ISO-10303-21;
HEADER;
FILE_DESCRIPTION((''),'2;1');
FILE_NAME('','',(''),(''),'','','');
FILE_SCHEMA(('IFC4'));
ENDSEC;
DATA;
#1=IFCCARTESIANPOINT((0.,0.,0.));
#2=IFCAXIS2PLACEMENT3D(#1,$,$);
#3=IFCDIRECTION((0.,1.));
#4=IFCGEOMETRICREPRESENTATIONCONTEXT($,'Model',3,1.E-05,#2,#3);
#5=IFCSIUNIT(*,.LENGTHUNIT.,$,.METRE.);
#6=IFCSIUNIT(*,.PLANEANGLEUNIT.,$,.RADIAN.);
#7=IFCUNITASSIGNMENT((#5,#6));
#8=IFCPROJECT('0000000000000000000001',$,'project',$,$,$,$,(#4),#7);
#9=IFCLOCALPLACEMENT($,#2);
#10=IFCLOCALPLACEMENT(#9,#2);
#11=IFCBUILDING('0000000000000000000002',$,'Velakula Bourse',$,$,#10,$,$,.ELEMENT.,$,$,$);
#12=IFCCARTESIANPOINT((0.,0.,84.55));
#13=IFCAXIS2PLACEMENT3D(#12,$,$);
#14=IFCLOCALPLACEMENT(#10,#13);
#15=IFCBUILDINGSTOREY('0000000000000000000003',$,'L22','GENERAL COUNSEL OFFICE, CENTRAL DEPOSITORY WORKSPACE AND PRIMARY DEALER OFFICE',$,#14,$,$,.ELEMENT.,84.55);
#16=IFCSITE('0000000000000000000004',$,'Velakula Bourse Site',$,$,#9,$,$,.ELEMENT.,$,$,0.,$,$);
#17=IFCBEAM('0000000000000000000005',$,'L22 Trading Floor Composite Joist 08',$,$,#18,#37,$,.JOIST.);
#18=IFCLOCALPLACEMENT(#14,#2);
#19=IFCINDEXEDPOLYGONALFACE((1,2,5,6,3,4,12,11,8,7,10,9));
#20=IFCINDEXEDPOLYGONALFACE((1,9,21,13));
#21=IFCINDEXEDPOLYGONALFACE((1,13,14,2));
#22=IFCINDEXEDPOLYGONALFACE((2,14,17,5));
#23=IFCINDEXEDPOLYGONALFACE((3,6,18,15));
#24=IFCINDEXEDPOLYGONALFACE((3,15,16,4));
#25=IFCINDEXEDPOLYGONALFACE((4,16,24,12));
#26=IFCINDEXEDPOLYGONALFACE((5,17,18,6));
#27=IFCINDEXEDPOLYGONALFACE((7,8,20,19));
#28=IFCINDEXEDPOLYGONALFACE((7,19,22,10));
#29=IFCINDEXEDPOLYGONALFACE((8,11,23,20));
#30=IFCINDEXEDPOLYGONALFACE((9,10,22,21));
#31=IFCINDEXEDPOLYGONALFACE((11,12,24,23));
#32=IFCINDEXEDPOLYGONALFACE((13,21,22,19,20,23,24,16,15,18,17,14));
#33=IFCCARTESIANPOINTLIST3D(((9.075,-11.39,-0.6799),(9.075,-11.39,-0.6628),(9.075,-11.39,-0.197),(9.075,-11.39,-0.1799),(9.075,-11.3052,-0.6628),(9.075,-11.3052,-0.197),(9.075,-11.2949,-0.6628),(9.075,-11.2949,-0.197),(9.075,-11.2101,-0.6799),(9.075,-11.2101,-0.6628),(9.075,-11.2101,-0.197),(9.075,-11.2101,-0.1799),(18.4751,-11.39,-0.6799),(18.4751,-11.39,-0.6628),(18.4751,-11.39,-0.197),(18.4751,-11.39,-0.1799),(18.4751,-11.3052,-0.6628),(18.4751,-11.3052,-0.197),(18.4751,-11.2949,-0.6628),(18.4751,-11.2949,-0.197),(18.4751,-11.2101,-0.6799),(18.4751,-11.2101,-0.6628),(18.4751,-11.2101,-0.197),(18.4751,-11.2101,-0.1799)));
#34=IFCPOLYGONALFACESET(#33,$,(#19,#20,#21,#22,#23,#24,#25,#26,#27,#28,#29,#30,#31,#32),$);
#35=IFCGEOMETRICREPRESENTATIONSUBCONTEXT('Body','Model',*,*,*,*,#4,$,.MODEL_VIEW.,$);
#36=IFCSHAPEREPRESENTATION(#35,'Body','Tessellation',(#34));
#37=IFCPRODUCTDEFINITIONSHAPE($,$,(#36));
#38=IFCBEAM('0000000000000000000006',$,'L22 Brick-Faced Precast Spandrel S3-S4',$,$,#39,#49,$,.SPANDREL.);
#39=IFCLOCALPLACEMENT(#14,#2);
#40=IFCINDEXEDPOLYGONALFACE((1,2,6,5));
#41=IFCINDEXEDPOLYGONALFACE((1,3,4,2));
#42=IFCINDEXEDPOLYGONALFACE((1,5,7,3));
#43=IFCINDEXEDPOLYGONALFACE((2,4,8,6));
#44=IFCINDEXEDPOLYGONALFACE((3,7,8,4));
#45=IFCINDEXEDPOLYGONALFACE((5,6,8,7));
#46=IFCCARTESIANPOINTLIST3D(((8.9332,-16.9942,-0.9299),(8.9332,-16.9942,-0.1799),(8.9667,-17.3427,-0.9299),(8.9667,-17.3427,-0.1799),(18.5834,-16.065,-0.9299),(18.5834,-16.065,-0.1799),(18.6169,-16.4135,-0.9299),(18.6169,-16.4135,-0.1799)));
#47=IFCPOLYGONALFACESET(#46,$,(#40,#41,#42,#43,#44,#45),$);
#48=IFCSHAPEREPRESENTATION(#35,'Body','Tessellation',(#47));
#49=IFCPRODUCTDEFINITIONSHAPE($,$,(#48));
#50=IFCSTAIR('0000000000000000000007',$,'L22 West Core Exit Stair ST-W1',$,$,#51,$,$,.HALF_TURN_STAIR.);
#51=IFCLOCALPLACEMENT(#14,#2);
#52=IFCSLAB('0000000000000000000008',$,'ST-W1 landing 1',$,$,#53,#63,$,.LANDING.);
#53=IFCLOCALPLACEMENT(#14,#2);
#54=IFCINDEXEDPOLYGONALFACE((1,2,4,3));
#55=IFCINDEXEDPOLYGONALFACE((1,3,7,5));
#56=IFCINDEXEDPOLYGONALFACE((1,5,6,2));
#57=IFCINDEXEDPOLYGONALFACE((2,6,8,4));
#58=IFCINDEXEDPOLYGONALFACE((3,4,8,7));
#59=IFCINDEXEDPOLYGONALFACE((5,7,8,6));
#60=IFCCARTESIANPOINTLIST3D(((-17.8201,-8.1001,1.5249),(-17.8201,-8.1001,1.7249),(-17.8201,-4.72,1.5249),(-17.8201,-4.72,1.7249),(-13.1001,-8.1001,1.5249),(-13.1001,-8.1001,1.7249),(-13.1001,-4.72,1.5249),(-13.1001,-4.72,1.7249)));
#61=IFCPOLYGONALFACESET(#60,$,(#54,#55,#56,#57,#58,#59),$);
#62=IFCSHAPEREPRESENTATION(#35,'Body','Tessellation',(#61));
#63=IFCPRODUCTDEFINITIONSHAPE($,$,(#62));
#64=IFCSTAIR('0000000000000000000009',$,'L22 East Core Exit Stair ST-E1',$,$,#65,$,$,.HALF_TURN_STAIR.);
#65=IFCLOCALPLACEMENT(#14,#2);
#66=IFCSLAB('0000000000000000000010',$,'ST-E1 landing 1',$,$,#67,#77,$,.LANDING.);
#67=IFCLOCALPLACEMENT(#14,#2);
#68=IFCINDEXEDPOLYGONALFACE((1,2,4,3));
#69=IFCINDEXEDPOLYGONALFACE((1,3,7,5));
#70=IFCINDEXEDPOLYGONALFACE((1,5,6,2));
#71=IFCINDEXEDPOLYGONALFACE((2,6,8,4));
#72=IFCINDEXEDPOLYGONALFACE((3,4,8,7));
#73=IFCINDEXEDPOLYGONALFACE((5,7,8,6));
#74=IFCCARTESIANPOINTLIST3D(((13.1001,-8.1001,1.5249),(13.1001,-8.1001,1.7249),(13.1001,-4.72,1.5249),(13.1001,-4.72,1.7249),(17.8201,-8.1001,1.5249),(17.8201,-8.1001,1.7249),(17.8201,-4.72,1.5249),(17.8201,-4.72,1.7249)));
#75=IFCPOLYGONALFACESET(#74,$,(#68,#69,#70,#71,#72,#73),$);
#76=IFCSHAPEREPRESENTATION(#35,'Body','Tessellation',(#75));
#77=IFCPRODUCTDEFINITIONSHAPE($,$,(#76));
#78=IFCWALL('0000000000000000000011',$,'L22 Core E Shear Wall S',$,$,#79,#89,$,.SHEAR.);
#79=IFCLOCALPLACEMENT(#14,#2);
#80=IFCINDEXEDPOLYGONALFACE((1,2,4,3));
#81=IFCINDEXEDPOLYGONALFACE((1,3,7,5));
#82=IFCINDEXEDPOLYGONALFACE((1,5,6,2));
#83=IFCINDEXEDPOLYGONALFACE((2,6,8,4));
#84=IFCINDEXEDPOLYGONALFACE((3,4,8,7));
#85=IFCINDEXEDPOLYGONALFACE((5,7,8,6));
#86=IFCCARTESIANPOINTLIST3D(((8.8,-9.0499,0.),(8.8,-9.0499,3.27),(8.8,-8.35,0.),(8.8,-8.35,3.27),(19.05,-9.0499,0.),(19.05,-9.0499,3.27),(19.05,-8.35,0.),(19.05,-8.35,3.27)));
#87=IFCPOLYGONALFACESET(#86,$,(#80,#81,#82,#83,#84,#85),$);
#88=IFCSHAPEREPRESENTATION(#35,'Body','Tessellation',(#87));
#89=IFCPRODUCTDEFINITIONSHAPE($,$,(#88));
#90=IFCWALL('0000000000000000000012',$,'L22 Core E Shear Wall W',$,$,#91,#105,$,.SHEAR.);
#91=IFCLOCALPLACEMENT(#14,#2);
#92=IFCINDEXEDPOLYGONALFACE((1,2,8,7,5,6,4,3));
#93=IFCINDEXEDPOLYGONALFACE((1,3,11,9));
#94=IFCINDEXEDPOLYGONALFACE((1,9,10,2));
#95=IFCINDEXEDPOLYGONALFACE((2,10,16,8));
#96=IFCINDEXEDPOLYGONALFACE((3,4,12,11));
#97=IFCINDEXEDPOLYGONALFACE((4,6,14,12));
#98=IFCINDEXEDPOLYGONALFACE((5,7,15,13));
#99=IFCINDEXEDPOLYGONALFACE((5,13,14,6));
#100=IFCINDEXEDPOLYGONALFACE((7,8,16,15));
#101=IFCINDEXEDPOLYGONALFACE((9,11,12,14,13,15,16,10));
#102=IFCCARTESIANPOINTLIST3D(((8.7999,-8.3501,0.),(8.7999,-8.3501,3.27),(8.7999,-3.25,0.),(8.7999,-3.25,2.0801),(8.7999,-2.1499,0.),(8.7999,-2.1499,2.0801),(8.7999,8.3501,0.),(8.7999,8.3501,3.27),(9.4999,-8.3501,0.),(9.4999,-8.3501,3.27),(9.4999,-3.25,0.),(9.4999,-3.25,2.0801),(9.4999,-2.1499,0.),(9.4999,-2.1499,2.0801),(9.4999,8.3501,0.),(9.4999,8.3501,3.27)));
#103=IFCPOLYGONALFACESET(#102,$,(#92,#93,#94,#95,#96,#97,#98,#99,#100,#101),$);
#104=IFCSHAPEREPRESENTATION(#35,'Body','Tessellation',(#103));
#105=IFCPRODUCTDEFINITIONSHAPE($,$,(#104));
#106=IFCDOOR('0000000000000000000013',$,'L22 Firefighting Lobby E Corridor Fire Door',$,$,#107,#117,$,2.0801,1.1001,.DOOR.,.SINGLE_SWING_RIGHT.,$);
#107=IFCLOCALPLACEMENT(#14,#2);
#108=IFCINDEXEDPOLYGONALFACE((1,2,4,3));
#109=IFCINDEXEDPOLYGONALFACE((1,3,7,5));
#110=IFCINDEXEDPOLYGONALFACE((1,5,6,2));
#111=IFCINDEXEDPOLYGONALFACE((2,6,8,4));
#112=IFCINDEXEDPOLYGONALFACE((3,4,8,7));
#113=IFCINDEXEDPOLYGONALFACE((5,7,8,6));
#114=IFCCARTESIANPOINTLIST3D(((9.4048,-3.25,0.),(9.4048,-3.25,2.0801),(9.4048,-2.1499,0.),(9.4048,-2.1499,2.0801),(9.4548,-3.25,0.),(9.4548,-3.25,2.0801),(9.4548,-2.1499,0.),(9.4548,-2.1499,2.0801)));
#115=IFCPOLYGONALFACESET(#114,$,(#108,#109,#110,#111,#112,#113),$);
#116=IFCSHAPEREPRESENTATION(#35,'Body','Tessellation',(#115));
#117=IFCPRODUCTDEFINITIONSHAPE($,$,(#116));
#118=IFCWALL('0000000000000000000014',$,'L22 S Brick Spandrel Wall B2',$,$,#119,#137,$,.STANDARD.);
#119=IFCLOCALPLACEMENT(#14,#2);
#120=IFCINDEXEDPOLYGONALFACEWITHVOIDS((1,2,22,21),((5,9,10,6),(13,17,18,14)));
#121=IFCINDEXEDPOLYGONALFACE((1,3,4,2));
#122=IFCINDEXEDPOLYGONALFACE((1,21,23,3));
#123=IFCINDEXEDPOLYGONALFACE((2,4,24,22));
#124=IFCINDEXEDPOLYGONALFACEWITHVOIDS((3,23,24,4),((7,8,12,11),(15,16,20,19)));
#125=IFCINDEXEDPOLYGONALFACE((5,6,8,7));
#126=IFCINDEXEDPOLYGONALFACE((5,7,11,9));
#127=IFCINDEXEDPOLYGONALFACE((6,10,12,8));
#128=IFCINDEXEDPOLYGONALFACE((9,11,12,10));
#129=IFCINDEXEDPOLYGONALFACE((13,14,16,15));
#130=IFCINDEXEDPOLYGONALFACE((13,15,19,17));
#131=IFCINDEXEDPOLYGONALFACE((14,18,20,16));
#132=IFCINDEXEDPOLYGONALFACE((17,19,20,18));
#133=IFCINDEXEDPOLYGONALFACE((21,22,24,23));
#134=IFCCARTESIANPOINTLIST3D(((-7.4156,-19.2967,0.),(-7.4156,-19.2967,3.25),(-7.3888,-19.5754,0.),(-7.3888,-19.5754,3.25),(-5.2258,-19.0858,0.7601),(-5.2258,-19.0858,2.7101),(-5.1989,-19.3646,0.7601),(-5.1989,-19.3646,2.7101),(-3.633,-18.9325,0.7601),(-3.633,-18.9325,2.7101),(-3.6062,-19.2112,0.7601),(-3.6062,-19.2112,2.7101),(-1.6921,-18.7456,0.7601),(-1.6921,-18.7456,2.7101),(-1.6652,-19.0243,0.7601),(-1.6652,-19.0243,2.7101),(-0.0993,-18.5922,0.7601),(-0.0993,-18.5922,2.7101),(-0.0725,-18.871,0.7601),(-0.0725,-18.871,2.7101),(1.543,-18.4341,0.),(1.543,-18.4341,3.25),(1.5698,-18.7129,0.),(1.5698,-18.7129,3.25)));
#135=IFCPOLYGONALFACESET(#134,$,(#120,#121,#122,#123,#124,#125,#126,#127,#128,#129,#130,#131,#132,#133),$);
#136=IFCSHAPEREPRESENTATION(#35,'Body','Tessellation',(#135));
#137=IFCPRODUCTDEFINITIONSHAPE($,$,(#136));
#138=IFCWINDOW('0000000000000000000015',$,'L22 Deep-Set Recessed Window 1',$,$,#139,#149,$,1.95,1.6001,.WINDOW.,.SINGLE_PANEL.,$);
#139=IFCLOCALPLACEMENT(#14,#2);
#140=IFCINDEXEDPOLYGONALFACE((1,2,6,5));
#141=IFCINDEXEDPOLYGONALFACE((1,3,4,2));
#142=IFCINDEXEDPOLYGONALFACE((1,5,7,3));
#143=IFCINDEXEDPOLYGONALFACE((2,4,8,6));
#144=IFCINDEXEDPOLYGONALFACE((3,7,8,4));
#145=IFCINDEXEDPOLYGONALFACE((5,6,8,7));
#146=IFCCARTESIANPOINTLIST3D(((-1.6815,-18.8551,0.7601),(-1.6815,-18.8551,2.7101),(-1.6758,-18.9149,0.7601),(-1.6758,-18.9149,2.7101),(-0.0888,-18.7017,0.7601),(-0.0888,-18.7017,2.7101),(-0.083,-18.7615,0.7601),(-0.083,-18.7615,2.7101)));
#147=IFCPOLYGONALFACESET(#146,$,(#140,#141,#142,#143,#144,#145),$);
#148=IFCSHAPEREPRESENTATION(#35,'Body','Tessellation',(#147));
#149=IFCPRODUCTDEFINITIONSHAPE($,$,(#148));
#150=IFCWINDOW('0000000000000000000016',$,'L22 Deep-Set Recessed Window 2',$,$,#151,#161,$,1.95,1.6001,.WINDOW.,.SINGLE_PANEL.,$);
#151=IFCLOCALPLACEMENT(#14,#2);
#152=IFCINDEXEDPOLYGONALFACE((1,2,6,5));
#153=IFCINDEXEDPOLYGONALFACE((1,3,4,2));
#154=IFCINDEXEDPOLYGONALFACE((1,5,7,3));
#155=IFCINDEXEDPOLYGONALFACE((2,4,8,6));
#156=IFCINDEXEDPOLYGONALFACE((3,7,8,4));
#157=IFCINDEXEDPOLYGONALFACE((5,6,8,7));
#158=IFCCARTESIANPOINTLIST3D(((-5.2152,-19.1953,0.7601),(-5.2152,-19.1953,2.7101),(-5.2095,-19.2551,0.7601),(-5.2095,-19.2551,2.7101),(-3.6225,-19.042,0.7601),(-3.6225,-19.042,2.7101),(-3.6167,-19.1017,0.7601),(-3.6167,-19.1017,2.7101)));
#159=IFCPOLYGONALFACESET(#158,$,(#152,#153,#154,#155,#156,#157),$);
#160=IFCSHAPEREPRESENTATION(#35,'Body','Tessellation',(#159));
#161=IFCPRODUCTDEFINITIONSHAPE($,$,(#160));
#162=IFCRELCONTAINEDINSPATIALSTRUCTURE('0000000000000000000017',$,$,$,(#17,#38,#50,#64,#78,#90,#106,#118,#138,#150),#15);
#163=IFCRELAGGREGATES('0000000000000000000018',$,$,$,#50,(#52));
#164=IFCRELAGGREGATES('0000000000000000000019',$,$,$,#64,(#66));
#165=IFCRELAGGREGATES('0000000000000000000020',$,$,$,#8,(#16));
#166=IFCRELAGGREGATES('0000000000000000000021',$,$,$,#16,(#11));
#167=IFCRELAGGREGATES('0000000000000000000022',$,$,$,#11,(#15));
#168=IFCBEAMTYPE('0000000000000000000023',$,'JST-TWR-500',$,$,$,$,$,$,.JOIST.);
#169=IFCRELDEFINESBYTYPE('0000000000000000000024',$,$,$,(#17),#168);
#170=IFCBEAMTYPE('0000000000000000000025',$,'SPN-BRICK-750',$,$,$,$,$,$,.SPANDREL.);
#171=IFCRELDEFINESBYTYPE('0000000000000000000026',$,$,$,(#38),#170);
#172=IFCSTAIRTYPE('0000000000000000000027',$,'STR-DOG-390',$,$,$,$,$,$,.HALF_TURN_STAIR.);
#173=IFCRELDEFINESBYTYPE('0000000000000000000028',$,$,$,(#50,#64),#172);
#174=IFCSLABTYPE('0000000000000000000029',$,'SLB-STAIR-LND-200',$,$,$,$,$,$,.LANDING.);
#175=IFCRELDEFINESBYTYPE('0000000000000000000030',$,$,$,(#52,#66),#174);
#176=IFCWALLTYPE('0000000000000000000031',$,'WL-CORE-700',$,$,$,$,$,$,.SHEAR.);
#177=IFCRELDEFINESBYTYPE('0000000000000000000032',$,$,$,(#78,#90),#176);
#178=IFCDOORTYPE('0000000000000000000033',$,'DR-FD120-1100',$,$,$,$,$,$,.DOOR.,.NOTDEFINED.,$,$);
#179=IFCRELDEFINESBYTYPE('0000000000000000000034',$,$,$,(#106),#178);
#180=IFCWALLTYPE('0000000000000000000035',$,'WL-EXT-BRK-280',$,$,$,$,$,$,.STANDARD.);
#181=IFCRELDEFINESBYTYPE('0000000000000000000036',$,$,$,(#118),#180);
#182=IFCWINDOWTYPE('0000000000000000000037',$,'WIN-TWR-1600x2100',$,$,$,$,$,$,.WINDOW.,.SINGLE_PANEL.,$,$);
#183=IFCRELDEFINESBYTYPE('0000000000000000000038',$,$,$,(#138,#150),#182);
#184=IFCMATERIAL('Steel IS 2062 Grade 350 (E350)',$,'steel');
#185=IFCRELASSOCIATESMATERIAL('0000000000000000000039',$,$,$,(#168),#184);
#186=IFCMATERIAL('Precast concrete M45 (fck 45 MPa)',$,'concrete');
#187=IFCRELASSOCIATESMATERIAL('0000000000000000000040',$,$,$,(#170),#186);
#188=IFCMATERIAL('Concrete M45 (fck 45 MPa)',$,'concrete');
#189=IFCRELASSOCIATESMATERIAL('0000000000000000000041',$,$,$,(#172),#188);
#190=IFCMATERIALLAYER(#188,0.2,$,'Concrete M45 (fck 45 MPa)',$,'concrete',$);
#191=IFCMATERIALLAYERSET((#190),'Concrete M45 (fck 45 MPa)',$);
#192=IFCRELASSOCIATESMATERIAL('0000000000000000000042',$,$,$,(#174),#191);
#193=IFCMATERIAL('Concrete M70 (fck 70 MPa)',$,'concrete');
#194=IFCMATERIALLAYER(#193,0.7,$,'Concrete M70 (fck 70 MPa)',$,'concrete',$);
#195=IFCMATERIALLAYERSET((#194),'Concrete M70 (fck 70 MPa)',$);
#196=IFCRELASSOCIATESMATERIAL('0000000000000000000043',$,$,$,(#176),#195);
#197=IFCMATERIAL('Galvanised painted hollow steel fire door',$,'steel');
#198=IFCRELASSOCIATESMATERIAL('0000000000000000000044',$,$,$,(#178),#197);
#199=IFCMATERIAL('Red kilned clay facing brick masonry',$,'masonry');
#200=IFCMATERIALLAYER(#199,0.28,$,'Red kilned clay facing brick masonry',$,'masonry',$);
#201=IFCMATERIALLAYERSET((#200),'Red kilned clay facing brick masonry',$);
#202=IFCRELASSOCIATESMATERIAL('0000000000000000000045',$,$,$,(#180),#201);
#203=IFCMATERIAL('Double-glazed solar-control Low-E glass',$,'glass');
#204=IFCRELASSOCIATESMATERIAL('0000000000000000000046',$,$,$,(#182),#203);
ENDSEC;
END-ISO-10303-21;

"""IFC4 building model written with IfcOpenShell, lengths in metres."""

from ifc_helpers import new_model, si_unit, direction, frame, frame_2d, origin, origin_2d, place, context, subcontext, project, spatial, polyline, rectangle, i_section, outline, extrude, material, layer, layer_set, material_profile, profile_set, type_object, element, fill, aggregate, save


model = new_model("IFC4")

# Units and contexts
model_context = context("Model", 3, precision=1e-05, world=origin(), true_north=direction((0.0, 1.0)))
body_context = subcontext(model_context, "Body", "Model", "MODEL_VIEW")
ifc_project = project(units=[si_unit("LENGTHUNIT", "METRE"), si_unit("PLANEANGLEUNIT", "RADIAN")], contexts=[model_context])

# Site, building, storey
site_placement = place(None, origin())
site = spatial("IfcSite", under=ifc_project, at=site_placement, Name="Velakula Bourse Site", CompositionType="ELEMENT", RefElevation=0.0)
building_placement = place(site_placement, origin())
building = spatial("IfcBuilding", under=site, at=building_placement, Name="Velakula Bourse", CompositionType="ELEMENT")
storey_placement = place(building_placement, frame((0.0, 0.0, 84.55)))
storey = spatial("IfcBuildingStorey", under=building, at=storey_placement, Name="L22", Description="GENERAL COUNSEL OFFICE, CENTRAL DEPOSITORY WORKSPACE AND PRIMARY DEALER OFFICE", CompositionType="ELEMENT", Elevation=84.55)

# Shared definitions
ifc_material_1 = material(Name="Concrete M70 (fck 70 MPa)", Category="concrete")

# Beams
ifc_material_2 = material(Name="Steel IS 2062 Grade 350 (E350)", Category="steel")
ifc_material_profile_1 = material_profile(ifc_material_2, i_section(OverallWidth=0.1799, OverallDepth=0.5, WebThickness=0.0103, FlangeThickness=0.0171, at=origin_2d()), Name="Steel IS 2062 Grade 350 (E350)")
ifc_profile_set_1 = profile_set([ifc_material_profile_1], Name="Steel IS 2062 Grade 350 (E350)")
beam_type_1 = type_object("IfcBeamType", Name="JST-TWR-500", PredefinedType="JOIST", material=ifc_profile_set_1)
beam_1_placement = place(storey_placement, frame((9.075, -11.3, -0.4299), z_axis=(1.0, 0.0, 0.0), x_axis=(0.0, 1.0, 0.0)))
element("IfcBeam", 1, at=beam_1_placement, inside=storey, type_object=beam_type_1, Name="L22 Trading Floor Composite Joist 08", PredefinedType="JOIST", context=body_context, shape_type="SweptSolid", body=[
    extrude(i_section(OverallWidth=0.1799, OverallDepth=0.5, WebThickness=0.0103, FlangeThickness=0.0171, at=origin_2d()), origin(), (0.0, 0.0, 1.0), 9.4001),
])
ifc_material_3 = material(Name="Precast concrete M45 (fck 45 MPa)", Category="concrete")
ifc_material_profile_2 = material_profile(ifc_material_3, rectangle(XDim=0.3501, YDim=0.75, at=origin_2d()), Name="Precast concrete M45 (fck 45 MPa)")
ifc_profile_set_2 = profile_set([ifc_material_profile_2], Name="Precast concrete M45 (fck 45 MPa)")
beam_type_2 = type_object("IfcBeamType", Name="SPN-BRICK-750", PredefinedType="SPANDREL", material=ifc_profile_set_2)
beam_2_placement = place(storey_placement, frame((8.95, -17.1685, -0.5549), z_axis=(0.995396, 0.095845, 0.0), x_axis=(-0.095845, 0.995396, 0.0)))
element("IfcBeam", 2, at=beam_2_placement, inside=storey, type_object=beam_type_2, Name="L22 Brick-Faced Precast Spandrel S3-S4", PredefinedType="SPANDREL", context=body_context, shape_type="SweptSolid", body=[
    extrude(rectangle(XDim=0.3501, YDim=0.75, at=origin_2d()), origin(), (0.0, 0.0, 1.0), 9.6948),
])

# Stairs, slabs
ifc_material_4 = material(Name="Concrete M45 (fck 45 MPa)", Category="concrete")
stair_type = type_object("IfcStairType", Name="STR-DOG-390", PredefinedType="HALF_TURN_STAIR", material=ifc_material_4)
stair_1_placement = place(storey_placement, origin())
stair_1 = element("IfcStair", 3, at=stair_1_placement, inside=storey, type_object=stair_type, Name="L22 West Core Exit Stair ST-W1", PredefinedType="HALF_TURN_STAIR")
ifc_layer_1 = layer(ifc_material_4, 0.2, Name="Concrete M45 (fck 45 MPa)", Category="concrete")
ifc_layer_set_1 = layer_set([ifc_layer_1], Name="Concrete M45 (fck 45 MPa)")
slab_type = type_object("IfcSlabType", Name="SLB-STAIR-LND-200", PredefinedType="LANDING", material=ifc_layer_set_1)
slab_1_placement = place(storey_placement, frame((0.0, 0.0, 1.5249)))
slab_1 = element("IfcSlab", 4, at=slab_1_placement, type_object=slab_type, Name="ST-W1 landing 1", PredefinedType="LANDING", context=body_context, shape_type="SweptSolid", body=[
    extrude(outline(polyline([(-17.8201, -4.72), (-17.8201, -8.1001), (-13.1001, -8.1001), (-13.1001, -4.72), (-17.8201, -4.72)])), origin(), (0.0, 0.0, 1.0), 0.2),
])
aggregate(stair_1, [slab_1])
stair_2_placement = place(storey_placement, origin())
stair_2 = element("IfcStair", 5, at=stair_2_placement, inside=storey, type_object=stair_type, Name="L22 East Core Exit Stair ST-E1", PredefinedType="HALF_TURN_STAIR")
slab_2_placement = place(storey_placement, frame((0.0, 0.0, 1.5249)))
slab_2 = element("IfcSlab", 6, at=slab_2_placement, type_object=slab_type, Name="ST-E1 landing 1", PredefinedType="LANDING", context=body_context, shape_type="SweptSolid", body=[
    extrude(outline(polyline([(13.1001, -4.72), (13.1001, -8.1001), (17.8201, -8.1001), (17.8201, -4.72), (13.1001, -4.72)])), origin(), (0.0, 0.0, 1.0), 0.2),
])
aggregate(stair_2, [slab_2])

# Wall
ifc_layer_2 = layer(ifc_material_1, 0.7, Name="Concrete M70 (fck 70 MPa)", Category="concrete")
ifc_layer_set_2 = layer_set([ifc_layer_2], Name="Concrete M70 (fck 70 MPa)")
wall_type_1 = type_object("IfcWallType", Name="WL-CORE-700", PredefinedType="SHEAR", material=ifc_layer_set_2)
wall_1_placement = place(storey_placement, frame((8.8, -8.7, 0.0), z_axis=(0.0, 0.0, 1.0), x_axis=(1.0, 0.0, 0.0)))
element("IfcWall", 7, at=wall_1_placement, inside=storey, type_object=wall_type_1, Name="L22 Core E Shear Wall S", PredefinedType="SHEAR", context=body_context, shape_type="SweptSolid", body=[
    extrude(rectangle(XDim=10.25, YDim=0.7, at=frame_2d((5.125, 0.0))), origin(), (0.0, 0.0, 1.0), 3.27),
])

# Wall, opening, door
wall_2_placement = place(storey_placement, frame((9.1499, -8.3501, 0.0), z_axis=(0.0, 0.0, 1.0), x_axis=(0.0, 1.0, 0.0)))
wall_2 = element("IfcWall", 8, at=wall_2_placement, inside=storey, type_object=wall_type_1, Name="L22 Core E Shear Wall W", PredefinedType="SHEAR", context=body_context, shape_type="SweptSolid", body=[
    extrude(rectangle(XDim=16.7002, YDim=0.7, at=frame_2d((8.3501, 0.0))), origin(), (0.0, 0.0, 1.0), 3.27),
])
opening_1_placement = place(wall_2_placement, frame((5.1001, 0.0, 0.0)))
opening_1 = element("IfcOpeningElement", 9, at=opening_1_placement, cuts=wall_2, PredefinedType="OPENING", context=body_context, shape_type="SweptSolid", body=[
    extrude(rectangle(XDim=1.1001, YDim=2.0801, at=frame_2d((0.55, 1.04))), frame((0.0, 0.3599, 0.0), z_axis=(0.0, -1.0, 0.0), x_axis=(1.0, 0.0, 0.0)), (0.0, 0.0, 1.0), 0.72),
])
ifc_material_5 = material(Name="Galvanised painted hollow steel fire door", Category="steel")
door_type_1 = type_object("IfcDoorType", Name="DR-FD120-1100", OperationType="NOTDEFINED", PredefinedType="DOOR", material=ifc_material_5)
door_1_placement = place(opening_1_placement, origin())
door_1 = element("IfcDoor", 10, at=door_1_placement, inside=storey, type_object=door_type_1, Name="L22 Firefighting Lobby E Corridor Fire Door", OperationType="SINGLE_SWING_RIGHT", OverallHeight=2.0801, OverallWidth=1.1001, PredefinedType="DOOR", context=body_context, shape_type="SweptSolid", body=[
    extrude(rectangle(XDim=1.1001, YDim=2.0801, at=frame_2d((0.55, 1.04))), frame((0.0, -0.2549, 0.0), z_axis=(0.0, -1.0, 0.0), x_axis=(1.0, 0.0, 0.0)), (0.0, 0.0, 1.0), 0.05),
])
fill(opening_1, door_1)

# Wall, openings, windows
ifc_material_6 = material(Name="Red kilned clay facing brick masonry", Category="masonry")
ifc_layer_3 = layer(ifc_material_6, 0.28, Name="Red kilned clay facing brick masonry", Category="masonry")
ifc_layer_set_3 = layer_set([ifc_layer_3], Name="Red kilned clay facing brick masonry")
wall_type_2 = type_object("IfcWallType", Name="WL-EXT-BRK-280", PredefinedType="STANDARD", material=ifc_layer_set_3)
wall_3_placement = place(storey_placement, frame((1.5564, -18.5735, 0.0), z_axis=(0.0, 0.0, 1.0), x_axis=(-0.995397, -0.09584, 0.0)))
wall_3 = element("IfcWall", 11, at=wall_3_placement, inside=storey, type_object=wall_type_2, Name="L22 S Brick Spandrel Wall B2", PredefinedType="STANDARD", context=body_context, shape_type="SweptSolid", body=[
    extrude(rectangle(XDim=9.0, YDim=0.28, at=frame_2d((4.5, 0.0))), origin(), (0.0, 0.0, 1.0), 3.25),
])
opening_2_placement = place(wall_3_placement, frame((1.6499, 0.0, 0.76)))
opening_2 = element("IfcOpeningElement", 12, at=opening_2_placement, cuts=wall_3, PredefinedType="OPENING", context=body_context, shape_type="SweptSolid", body=[
    extrude(rectangle(XDim=1.6001, YDim=1.95, at=frame_2d((0.8, 0.9751))), frame((0.0, 0.1499, 0.0), z_axis=(0.0, -1.0, 0.0), x_axis=(1.0, 0.0, 0.0)), (0.0, 0.0, 1.0), 0.3),
])
opening_3_placement = place(wall_3_placement, frame((5.2, 0.0, 0.76)))
opening_3 = element("IfcOpeningElement", 13, at=opening_3_placement, cuts=wall_3, PredefinedType="OPENING", context=body_context, shape_type="SweptSolid", body=[
    extrude(rectangle(XDim=1.6001, YDim=1.95, at=frame_2d((0.8, 0.9751))), frame((0.0, 0.1499, 0.0), z_axis=(0.0, -1.0, 0.0), x_axis=(1.0, 0.0, 0.0)), (0.0, 0.0, 1.0), 0.3),
])
ifc_material_7 = material(Name="Double-glazed solar-control Low-E glass", Category="glass")
window_type = type_object("IfcWindowType", Name="WIN-TWR-1600x2100", PartitioningType="SINGLE_PANEL", PredefinedType="WINDOW", material=ifc_material_7)
window_1_placement = place(opening_2_placement, origin())
window_1 = element("IfcWindow", 14, at=window_1_placement, inside=storey, type_object=window_type, Name="L22 Deep-Set Recessed Window 1", OverallHeight=1.95, OverallWidth=1.6001, PartitioningType="SINGLE_PANEL", PredefinedType="WINDOW", context=body_context, shape_type="SweptSolid", body=[
    extrude(rectangle(XDim=1.6001, YDim=1.95, at=frame_2d((0.8, 0.9751))), frame((0.0, 0.03, 0.0), z_axis=(0.0, -1.0, 0.0), x_axis=(1.0, 0.0, 0.0)), (0.0, 0.0, 1.0), 0.0601),
])
fill(opening_2, window_1)
window_2_placement = place(opening_3_placement, origin())
window_2 = element("IfcWindow", 15, at=window_2_placement, inside=storey, type_object=window_type, Name="L22 Deep-Set Recessed Window 2", OverallHeight=1.95, OverallWidth=1.6001, PartitioningType="SINGLE_PANEL", PredefinedType="WINDOW", context=body_context, shape_type="SweptSolid", body=[
    extrude(rectangle(XDim=1.6001, YDim=1.95, at=frame_2d((0.8, 0.9751))), frame((0.0, 0.03, 0.0), z_axis=(0.0, -1.0, 0.0), x_axis=(1.0, 0.0, 0.0)), (0.0, 0.0, 1.0), 0.0601),
])
fill(opening_3, window_2)

save(model, "model.ifc")
